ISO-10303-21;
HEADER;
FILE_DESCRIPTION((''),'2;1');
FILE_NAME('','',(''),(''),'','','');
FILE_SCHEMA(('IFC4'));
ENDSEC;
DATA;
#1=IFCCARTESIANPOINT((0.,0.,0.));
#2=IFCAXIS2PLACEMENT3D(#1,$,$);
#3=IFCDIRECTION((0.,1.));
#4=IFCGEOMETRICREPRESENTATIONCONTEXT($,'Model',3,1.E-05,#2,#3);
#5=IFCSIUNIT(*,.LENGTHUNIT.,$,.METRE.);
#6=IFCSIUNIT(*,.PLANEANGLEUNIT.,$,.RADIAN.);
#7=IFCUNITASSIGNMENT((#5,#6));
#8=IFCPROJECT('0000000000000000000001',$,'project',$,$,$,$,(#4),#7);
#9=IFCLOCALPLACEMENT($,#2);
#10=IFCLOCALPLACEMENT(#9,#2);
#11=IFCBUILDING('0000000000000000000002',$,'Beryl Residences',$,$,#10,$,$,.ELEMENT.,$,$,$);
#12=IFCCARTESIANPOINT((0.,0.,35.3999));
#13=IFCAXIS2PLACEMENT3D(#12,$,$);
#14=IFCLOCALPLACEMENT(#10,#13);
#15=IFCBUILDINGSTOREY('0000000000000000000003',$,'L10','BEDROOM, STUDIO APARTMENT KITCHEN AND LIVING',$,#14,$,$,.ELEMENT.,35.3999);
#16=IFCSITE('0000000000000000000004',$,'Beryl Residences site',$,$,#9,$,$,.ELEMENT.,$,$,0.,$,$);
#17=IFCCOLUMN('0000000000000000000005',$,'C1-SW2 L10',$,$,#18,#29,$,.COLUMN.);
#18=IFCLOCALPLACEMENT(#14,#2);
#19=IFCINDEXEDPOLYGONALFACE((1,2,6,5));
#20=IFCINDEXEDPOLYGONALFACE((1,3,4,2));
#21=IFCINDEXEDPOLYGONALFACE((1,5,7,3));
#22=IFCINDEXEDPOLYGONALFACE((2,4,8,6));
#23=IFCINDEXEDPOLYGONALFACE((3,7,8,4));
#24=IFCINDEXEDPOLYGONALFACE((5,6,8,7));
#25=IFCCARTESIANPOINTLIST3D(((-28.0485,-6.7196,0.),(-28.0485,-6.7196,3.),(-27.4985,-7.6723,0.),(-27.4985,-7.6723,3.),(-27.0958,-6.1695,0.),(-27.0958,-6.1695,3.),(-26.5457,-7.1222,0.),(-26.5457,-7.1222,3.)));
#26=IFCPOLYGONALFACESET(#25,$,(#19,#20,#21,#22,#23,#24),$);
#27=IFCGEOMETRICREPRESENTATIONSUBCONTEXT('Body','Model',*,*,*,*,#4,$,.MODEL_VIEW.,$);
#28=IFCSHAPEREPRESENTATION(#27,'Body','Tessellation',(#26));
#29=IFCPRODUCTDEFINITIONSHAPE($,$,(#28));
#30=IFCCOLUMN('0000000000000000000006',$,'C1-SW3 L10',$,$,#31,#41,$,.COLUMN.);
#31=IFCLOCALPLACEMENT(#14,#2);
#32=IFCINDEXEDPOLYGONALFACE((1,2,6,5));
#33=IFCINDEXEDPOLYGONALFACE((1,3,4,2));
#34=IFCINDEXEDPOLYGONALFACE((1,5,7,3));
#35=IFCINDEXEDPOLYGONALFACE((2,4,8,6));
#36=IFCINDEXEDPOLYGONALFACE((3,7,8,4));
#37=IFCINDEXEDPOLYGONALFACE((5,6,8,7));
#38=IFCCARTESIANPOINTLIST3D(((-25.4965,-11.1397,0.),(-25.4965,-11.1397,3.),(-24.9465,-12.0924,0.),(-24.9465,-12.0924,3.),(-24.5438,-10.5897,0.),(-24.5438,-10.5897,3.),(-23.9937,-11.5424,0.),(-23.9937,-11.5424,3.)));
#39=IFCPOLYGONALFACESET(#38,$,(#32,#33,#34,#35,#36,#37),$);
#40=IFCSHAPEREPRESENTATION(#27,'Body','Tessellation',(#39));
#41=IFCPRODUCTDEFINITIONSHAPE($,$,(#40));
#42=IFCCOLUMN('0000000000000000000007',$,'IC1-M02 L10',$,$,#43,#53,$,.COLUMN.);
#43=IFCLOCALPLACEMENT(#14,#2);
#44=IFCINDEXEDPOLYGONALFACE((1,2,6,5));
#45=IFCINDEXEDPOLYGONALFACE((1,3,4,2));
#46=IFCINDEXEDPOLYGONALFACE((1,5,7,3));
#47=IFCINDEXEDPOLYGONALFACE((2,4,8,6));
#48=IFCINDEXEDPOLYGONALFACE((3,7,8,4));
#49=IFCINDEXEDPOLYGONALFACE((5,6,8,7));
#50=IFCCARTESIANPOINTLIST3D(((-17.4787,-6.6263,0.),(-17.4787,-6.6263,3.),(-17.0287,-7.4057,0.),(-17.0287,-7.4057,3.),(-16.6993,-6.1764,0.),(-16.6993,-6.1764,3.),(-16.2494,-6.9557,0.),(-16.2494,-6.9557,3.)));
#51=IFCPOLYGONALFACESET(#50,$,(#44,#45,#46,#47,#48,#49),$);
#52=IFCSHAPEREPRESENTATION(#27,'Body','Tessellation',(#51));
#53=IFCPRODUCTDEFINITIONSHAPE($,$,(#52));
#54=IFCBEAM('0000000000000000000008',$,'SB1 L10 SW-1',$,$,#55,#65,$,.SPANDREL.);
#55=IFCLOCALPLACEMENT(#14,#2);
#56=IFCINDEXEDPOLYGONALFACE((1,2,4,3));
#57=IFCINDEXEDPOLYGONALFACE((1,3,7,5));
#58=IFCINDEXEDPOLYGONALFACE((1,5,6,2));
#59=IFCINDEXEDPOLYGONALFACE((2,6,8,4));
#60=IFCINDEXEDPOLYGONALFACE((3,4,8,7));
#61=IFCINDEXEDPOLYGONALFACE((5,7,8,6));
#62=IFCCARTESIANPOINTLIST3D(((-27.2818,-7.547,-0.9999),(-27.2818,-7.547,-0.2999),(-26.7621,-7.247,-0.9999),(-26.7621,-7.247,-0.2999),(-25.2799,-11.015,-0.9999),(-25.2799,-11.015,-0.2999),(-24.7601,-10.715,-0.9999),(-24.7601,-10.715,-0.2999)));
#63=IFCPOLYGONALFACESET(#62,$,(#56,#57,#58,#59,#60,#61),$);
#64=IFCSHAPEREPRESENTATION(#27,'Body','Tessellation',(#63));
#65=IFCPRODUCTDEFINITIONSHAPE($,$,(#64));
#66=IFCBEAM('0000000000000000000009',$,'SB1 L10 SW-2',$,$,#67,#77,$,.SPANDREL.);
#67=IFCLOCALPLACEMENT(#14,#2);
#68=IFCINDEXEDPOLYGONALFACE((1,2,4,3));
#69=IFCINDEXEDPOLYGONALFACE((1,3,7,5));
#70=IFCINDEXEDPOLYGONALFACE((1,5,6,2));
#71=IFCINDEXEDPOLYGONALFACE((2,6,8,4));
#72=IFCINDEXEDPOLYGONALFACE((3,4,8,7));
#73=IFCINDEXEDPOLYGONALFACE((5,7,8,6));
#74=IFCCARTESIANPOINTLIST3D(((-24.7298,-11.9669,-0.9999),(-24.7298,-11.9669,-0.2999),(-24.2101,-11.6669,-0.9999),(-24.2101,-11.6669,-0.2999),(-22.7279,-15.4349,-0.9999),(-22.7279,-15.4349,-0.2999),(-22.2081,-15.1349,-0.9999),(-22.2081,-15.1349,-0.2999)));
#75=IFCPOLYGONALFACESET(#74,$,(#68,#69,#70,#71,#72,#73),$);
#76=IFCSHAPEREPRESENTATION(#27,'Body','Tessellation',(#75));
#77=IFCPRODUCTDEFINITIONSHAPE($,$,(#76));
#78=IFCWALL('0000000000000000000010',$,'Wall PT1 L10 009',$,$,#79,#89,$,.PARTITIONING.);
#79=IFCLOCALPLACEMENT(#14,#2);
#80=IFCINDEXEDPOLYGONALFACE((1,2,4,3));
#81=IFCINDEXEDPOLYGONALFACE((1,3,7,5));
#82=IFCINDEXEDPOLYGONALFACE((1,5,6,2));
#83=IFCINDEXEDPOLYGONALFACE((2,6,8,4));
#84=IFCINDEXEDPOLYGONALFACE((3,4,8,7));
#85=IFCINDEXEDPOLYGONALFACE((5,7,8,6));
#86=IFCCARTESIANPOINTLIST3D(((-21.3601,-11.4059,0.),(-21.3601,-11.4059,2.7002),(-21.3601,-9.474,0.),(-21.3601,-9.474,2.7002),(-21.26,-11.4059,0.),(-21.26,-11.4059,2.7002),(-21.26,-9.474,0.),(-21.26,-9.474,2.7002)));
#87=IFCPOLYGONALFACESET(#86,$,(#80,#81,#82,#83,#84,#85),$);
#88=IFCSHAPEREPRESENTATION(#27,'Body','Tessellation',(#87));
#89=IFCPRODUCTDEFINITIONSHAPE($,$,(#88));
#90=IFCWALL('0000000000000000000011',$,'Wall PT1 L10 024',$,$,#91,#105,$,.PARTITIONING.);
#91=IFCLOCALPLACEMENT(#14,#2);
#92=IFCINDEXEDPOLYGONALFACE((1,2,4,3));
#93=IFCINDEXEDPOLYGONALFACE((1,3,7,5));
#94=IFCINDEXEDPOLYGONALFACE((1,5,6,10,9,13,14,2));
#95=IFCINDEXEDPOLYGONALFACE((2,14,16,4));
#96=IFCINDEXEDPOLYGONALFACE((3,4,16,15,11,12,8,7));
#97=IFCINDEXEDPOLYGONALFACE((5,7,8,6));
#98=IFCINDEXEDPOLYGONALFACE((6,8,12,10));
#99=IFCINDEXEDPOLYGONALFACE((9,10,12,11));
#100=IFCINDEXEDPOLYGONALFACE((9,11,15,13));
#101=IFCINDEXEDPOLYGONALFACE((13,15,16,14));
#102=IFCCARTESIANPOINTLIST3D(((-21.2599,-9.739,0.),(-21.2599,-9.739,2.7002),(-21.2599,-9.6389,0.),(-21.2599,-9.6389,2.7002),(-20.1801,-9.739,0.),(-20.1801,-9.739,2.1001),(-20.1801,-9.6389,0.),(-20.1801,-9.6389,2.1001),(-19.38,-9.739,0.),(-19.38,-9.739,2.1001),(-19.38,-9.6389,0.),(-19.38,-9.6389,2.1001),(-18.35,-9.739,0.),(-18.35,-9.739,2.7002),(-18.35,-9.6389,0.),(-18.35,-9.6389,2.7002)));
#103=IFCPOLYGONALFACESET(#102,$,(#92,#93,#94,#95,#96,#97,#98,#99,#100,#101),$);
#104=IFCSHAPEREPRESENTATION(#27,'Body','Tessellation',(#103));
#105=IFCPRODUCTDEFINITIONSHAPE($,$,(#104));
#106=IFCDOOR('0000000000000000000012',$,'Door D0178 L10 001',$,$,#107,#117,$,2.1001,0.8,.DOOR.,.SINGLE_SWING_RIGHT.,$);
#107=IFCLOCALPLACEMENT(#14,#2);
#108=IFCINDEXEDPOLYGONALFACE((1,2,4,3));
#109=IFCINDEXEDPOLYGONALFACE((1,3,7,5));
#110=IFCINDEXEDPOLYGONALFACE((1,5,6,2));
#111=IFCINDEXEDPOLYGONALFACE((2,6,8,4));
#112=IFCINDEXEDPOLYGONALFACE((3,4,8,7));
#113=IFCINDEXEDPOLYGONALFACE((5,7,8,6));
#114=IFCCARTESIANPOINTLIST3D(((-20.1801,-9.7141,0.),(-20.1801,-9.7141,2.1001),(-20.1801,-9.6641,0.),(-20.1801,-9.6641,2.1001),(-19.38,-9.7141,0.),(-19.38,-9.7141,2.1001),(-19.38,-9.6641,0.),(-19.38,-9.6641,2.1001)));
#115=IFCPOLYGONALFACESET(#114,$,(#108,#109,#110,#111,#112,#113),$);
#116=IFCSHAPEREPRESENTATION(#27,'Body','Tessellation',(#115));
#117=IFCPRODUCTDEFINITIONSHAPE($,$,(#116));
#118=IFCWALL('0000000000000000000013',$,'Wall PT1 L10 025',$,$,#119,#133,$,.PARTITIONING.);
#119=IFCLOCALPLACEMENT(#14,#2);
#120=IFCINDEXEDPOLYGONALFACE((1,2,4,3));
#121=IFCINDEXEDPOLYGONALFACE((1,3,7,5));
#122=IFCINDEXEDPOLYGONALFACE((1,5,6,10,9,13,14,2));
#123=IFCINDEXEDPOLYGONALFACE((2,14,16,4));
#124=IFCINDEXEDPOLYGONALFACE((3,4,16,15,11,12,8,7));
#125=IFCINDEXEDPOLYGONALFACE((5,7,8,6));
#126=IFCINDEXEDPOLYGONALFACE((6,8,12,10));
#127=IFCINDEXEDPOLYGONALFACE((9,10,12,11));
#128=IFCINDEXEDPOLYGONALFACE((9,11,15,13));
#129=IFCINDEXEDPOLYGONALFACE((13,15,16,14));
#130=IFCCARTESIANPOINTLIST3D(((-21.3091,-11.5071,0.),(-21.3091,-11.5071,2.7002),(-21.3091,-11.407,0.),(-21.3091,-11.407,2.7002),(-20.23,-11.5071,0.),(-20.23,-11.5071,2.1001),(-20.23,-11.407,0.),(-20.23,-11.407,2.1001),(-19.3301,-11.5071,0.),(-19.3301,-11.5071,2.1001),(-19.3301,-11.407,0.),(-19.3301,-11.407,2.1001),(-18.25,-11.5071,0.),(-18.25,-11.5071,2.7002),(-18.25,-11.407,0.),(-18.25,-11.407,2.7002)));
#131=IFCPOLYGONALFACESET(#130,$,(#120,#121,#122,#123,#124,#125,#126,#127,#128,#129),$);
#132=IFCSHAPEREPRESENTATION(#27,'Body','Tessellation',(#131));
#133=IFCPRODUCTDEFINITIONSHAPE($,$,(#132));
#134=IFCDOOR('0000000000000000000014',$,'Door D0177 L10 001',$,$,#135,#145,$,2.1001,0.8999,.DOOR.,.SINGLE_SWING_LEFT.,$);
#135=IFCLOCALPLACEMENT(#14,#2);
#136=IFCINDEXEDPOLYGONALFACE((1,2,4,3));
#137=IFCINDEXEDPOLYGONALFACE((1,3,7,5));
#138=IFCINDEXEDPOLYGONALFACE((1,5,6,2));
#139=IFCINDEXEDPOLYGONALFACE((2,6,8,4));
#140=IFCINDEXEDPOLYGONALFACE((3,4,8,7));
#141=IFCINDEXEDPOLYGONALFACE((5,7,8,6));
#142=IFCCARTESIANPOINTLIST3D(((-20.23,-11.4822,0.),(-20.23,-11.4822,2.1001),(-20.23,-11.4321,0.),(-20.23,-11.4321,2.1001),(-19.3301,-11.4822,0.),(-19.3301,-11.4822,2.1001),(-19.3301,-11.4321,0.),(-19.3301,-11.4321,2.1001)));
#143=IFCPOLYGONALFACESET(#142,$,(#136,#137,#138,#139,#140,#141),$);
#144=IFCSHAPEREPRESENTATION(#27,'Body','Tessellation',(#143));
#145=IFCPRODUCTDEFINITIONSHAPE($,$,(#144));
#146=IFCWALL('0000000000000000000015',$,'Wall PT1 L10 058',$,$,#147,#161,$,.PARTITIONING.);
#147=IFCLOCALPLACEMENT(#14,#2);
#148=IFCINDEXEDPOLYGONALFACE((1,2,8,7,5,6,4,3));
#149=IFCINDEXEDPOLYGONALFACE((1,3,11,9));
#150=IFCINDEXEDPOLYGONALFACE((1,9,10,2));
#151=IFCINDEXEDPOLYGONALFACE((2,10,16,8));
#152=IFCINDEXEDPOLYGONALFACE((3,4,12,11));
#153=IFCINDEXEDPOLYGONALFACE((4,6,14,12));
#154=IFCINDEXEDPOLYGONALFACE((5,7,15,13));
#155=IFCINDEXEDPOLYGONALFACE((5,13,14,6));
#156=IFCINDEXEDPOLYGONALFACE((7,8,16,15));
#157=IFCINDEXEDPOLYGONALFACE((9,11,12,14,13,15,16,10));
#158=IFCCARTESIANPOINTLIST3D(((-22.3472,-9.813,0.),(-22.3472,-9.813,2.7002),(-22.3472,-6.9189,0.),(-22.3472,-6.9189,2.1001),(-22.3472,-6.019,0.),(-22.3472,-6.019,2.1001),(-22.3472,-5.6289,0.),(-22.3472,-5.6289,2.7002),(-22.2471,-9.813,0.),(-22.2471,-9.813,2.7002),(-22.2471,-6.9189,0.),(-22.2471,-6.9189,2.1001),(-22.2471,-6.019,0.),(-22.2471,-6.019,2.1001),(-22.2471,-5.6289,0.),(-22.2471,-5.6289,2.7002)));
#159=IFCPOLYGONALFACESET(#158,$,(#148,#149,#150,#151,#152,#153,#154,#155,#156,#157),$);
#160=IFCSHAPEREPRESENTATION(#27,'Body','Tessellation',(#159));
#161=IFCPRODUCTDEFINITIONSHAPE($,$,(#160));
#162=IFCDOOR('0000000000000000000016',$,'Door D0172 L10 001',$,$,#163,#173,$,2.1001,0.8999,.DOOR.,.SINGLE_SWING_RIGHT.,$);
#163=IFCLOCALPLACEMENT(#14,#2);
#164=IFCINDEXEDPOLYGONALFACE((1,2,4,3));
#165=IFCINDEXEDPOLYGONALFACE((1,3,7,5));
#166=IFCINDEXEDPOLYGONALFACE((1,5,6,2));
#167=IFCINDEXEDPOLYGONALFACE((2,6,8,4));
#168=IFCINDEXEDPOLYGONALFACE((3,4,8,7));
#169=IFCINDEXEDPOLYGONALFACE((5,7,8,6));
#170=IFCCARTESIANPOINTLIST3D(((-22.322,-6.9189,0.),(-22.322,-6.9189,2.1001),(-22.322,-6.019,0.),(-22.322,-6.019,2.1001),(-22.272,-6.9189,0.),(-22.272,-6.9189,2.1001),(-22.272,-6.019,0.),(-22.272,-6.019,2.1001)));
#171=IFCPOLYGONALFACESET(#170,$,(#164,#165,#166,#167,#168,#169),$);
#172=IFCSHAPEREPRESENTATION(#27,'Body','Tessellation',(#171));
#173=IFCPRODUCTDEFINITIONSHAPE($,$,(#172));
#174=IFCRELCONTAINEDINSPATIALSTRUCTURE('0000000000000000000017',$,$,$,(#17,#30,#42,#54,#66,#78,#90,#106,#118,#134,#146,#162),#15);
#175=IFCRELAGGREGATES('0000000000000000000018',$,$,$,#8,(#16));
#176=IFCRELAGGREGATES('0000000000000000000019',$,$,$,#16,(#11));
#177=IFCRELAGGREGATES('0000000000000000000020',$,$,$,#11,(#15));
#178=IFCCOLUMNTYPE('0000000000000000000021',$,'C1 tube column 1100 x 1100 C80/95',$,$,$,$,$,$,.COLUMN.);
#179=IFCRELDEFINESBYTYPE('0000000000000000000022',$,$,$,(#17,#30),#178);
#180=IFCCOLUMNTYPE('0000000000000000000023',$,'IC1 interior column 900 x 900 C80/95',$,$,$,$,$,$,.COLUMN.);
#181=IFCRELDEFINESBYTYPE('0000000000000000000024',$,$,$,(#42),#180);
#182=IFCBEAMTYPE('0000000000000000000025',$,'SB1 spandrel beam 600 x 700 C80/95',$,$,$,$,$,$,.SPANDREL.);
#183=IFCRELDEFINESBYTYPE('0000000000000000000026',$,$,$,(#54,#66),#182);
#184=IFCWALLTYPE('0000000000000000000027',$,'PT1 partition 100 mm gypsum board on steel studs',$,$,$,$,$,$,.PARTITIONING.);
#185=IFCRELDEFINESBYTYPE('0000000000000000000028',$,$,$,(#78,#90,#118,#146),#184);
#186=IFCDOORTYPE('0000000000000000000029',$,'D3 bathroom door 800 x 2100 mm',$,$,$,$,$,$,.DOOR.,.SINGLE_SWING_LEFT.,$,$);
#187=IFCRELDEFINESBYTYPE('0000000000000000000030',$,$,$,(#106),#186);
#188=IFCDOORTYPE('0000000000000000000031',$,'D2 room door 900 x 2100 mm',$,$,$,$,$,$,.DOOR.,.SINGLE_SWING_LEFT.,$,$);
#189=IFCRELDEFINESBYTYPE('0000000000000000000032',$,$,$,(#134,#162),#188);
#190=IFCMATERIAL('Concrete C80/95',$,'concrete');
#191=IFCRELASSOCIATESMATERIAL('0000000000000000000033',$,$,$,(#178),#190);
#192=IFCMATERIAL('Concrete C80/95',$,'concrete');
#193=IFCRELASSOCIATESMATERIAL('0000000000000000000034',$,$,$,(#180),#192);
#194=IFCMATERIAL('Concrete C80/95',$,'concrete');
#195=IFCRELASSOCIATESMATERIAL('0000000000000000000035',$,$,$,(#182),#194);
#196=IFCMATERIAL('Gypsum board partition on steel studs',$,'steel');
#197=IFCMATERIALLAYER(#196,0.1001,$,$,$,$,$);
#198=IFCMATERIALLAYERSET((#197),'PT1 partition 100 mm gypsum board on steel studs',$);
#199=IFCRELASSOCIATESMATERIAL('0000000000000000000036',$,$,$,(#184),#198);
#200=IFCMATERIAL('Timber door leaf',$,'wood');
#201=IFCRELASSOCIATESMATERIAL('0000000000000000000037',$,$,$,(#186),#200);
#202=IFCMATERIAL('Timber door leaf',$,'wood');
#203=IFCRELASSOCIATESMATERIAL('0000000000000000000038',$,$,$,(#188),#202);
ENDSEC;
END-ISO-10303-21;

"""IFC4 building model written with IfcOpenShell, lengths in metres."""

from ifc_helpers import new_model, si_unit, direction, frame, frame_2d, origin, origin_2d, place, context, subcontext, project, spatial, rectangle, extrude, material, layer, layer_set, material_profile, profile_set, type_object, element, fill, save


model = new_model("IFC4")

# Units and contexts
model_context = context("Model", 3, precision=1e-05, world=origin(), true_north=direction((0.0, 1.0)))
body_context = subcontext(model_context, "Body", "Model", "MODEL_VIEW")
ifc_project = project(units=[si_unit("LENGTHUNIT", "METRE"), si_unit("PLANEANGLEUNIT", "RADIAN")], contexts=[model_context])

# Site, building, storey
site_placement = place(None, origin())
site = spatial("IfcSite", under=ifc_project, at=site_placement, Name="Beryl Residences site", CompositionType="ELEMENT", RefElevation=0.0)
building_placement = place(site_placement, origin())
building = spatial("IfcBuilding", under=site, at=building_placement, Name="Beryl Residences", CompositionType="ELEMENT")
storey_placement = place(building_placement, frame((0.0, 0.0, 35.3999)))
storey = spatial("IfcBuildingStorey", under=building, at=storey_placement, Name="L10", Description="BEDROOM, STUDIO APARTMENT KITCHEN AND LIVING", CompositionType="ELEMENT", Elevation=35.3999)

# Columns
ifc_material_1 = material(Name="Concrete C80/95", Category="concrete")
ifc_material_profile_1 = material_profile(ifc_material_1, rectangle(XDim=1.1001, YDim=1.1001, at=origin_2d()))
ifc_profile_set_1 = profile_set([ifc_material_profile_1], Name="Concrete C80/95")
column_type_1 = type_object("IfcColumnType", Name="C1 tube column 1100 x 1100 C80/95", PredefinedType="COLUMN", material=ifc_profile_set_1)
for number, where, z_axis, x_axis, name in (
    (1, (-27.2971, -6.9209, 0.0), (0.0, 0.0, 1.0), (0.499985, -0.866034, 0.0), "C1-SW2 L10"),
    (2, (-24.7451, -11.3411, 0.0), (0.0, 0.0, 1.0), (0.499985, -0.866034, 0.0), "C1-SW3 L10"),
):
    element("IfcColumn", number, at=place(storey_placement, frame(where, z_axis=z_axis, x_axis=x_axis)), inside=storey, type_object=column_type_1, Name=name, PredefinedType="COLUMN", context=body_context, shape_type="SweptSolid", body=[
        extrude(rectangle(XDim=1.1001, YDim=1.1001, at=origin_2d()), origin(), (0.0, 0.0, 1.0), 3.0),
    ])
ifc_material_2 = material(Name="Concrete C80/95", Category="concrete")
ifc_material_profile_2 = material_profile(ifc_material_2, rectangle(XDim=0.8999, YDim=0.8999, at=origin_2d()))
ifc_profile_set_2 = profile_set([ifc_material_profile_2], Name="Concrete C80/95")
column_type_2 = type_object("IfcColumnType", Name="IC1 interior column 900 x 900 C80/95", PredefinedType="COLUMN", material=ifc_profile_set_2)
column_placement = place(storey_placement, frame((-16.864, -6.791, 0.0), z_axis=(0.0, 0.0, 1.0), x_axis=(0.499985, -0.866034, 0.0)))
element("IfcColumn", 3, at=column_placement, inside=storey, type_object=column_type_2, Name="IC1-M02 L10", PredefinedType="COLUMN", context=body_context, shape_type="SweptSolid", body=[
    extrude(rectangle(XDim=0.8999, YDim=0.8999, at=origin_2d()), origin(), (0.0, 0.0, 1.0), 3.0),
])

# Beams
ifc_material_3 = material(Name="Concrete C80/95", Category="concrete")
ifc_material_profile_3 = material_profile(ifc_material_3, rectangle(XDim=0.6001, YDim=0.7, at=origin_2d()))
ifc_profile_set_3 = profile_set([ifc_material_profile_3], Name="Concrete C80/95")
beam_type = type_object("IfcBeamType", Name="SB1 spandrel beam 600 x 700 C80/95", PredefinedType="SPANDREL", material=ifc_profile_set_3)
for number, where, z_axis, x_axis, name in (
    (4, (-27.022, -7.397, -0.6499), (0.499942, -0.866059, 0.0), (0.866059, 0.499942, 0.0), "SB1 L10 SW-1"),
    (5, (-24.47, -11.8169, -0.6499), (0.499942, -0.866059, 0.0), (0.866059, 0.499942, 0.0), "SB1 L10 SW-2"),
):
    element("IfcBeam", number, at=place(storey_placement, frame(where, z_axis=z_axis, x_axis=x_axis)), inside=storey, type_object=beam_type, Name=name, PredefinedType="SPANDREL", context=body_context, shape_type="SweptSolid", body=[
        extrude(rectangle(XDim=0.6001, YDim=0.7, at=origin_2d()), origin(), (0.0, 0.0, 1.0), 4.0044),
    ])

# Wall
ifc_material_4 = material(Name="Gypsum board partition on steel studs", Category="steel")
ifc_layer_1 = layer(ifc_material_4, 0.1001)
ifc_layer_set_1 = layer_set([ifc_layer_1], Name="PT1 partition 100 mm gypsum board on steel studs")
wall_type_1 = type_object("IfcWallType", Name="PT1 partition 100 mm gypsum board on steel studs", PredefinedType="PARTITIONING", material=ifc_layer_set_1)
wall_1_placement = place(storey_placement, frame((-21.3101, -9.4741, 0.0), z_axis=(0.0, 0.0, 1.0), x_axis=(0.0, -1.0, 0.0)))
element("IfcWall", 6, at=wall_1_placement, inside=storey, type_object=wall_type_1, Name="Wall PT1 L10 009", PredefinedType="PARTITIONING", context=body_context, shape_type="SweptSolid", body=[
    extrude(rectangle(XDim=1.9319, YDim=0.1001, at=frame_2d((0.9658, 0.0))), origin(), (0.0, 0.0, 1.0), 2.7002),
])

# Walls, openings, doors
wall_2_placement = place(storey_placement, frame((-21.26, -9.689, 0.0), z_axis=(0.0, 0.0, 1.0), x_axis=(1.0, 0.0, 0.0)))
wall_2 = element("IfcWall", 7, at=wall_2_placement, inside=storey, type_object=wall_type_1, Name="Wall PT1 L10 024", PredefinedType="PARTITIONING", context=body_context, shape_type="SweptSolid", body=[
    extrude(rectangle(XDim=2.9099, YDim=0.1001, at=frame_2d((1.4551, 0.0))), origin(), (0.0, 0.0, 1.0), 2.7002),
])
opening_1_placement = place(wall_2_placement, frame((1.0801, 0.0, 0.0)))
opening_1 = element("IfcOpeningElement", 8, at=opening_1_placement, cuts=wall_2, PredefinedType="OPENING", context=body_context, shape_type="SweptSolid", body=[
    extrude(rectangle(XDim=0.8, YDim=2.1001, at=frame_2d((0.3999, 1.05))), frame((0.0, 0.0601, 0.0), z_axis=(0.0, -1.0, 0.0), x_axis=(1.0, 0.0, 0.0)), (0.0, 0.0, 1.0), 0.1201),
])
ifc_material_5 = material(Name="Timber door leaf", Category="wood")
door_type_1 = type_object("IfcDoorType", Name="D3 bathroom door 800 x 2100 mm", OperationType="SINGLE_SWING_LEFT", PredefinedType="DOOR", material=ifc_material_5)
door_1_placement = place(opening_1_placement, origin())
door_1 = element("IfcDoor", 9, at=door_1_placement, inside=storey, type_object=door_type_1, Name="Door D0178 L10 001", OperationType="SINGLE_SWING_RIGHT", OverallHeight=2.1001, OverallWidth=0.8, PredefinedType="DOOR", context=body_context, shape_type="SweptSolid", body=[
    extrude(rectangle(XDim=0.8, YDim=2.1001, at=frame_2d((0.3999, 1.05))), frame((0.0, 0.0249, 0.0), z_axis=(0.0, -1.0, 0.0), x_axis=(1.0, 0.0, 0.0)), (0.0, 0.0, 1.0), 0.05),
])
fill(opening_1, door_1)
wall_3_placement = place(storey_placement, frame((-21.3091, -11.457, 0.0), z_axis=(0.0, 0.0, 1.0), x_axis=(1.0, 0.0, 0.0)))
wall_3 = element("IfcWall", 10, at=wall_3_placement, inside=storey, type_object=wall_type_1, Name="Wall PT1 L10 025", PredefinedType="PARTITIONING", context=body_context, shape_type="SweptSolid", body=[
    extrude(rectangle(XDim=3.0591, YDim=0.1001, at=frame_2d((1.5295, 0.0))), origin(), (0.0, 0.0, 1.0), 2.7002),
])
opening_2_placement = place(wall_3_placement, frame((1.0791, 0.0, 0.0)))
opening_2 = element("IfcOpeningElement", 11, at=opening_2_placement, cuts=wall_3, PredefinedType="OPENING", context=body_context, shape_type="SweptSolid", body=[
    extrude(rectangle(XDim=0.8999, YDim=2.1001, at=frame_2d((0.45, 1.05))), frame((0.0, 0.0601, 0.0), z_axis=(0.0, -1.0, 0.0), x_axis=(1.0, 0.0, 0.0)), (0.0, 0.0, 1.0), 0.1201),
])
ifc_material_6 = material(Name="Timber door leaf", Category="wood")
door_type_2 = type_object("IfcDoorType", Name="D2 room door 900 x 2100 mm", OperationType="SINGLE_SWING_LEFT", PredefinedType="DOOR", material=ifc_material_6)
door_2_placement = place(opening_2_placement, origin())
door_2 = element("IfcDoor", 12, at=door_2_placement, inside=storey, type_object=door_type_2, Name="Door D0177 L10 001", OperationType="SINGLE_SWING_LEFT", OverallHeight=2.1001, OverallWidth=0.8999, PredefinedType="DOOR", context=body_context, shape_type="SweptSolid", body=[
    extrude(rectangle(XDim=0.8999, YDim=2.1001, at=frame_2d((0.45, 1.05))), frame((0.0, 0.0249, 0.0), z_axis=(0.0, -1.0, 0.0), x_axis=(1.0, 0.0, 0.0)), (0.0, 0.0, 1.0), 0.05),
])
fill(opening_2, door_2)
wall_4_placement = place(storey_placement, frame((-22.2971, -9.813, 0.0), z_axis=(0.0, 0.0, 1.0), x_axis=(0.0, 1.0, 0.0)))
wall_4 = element("IfcWall", 13, at=wall_4_placement, inside=storey, type_object=wall_type_1, Name="Wall PT1 L10 058", PredefinedType="PARTITIONING", context=body_context, shape_type="SweptSolid", body=[
    extrude(rectangle(XDim=4.1841, YDim=0.1001, at=frame_2d((2.092, 0.0))), origin(), (0.0, 0.0, 1.0), 2.7002),
])
opening_3_placement = place(wall_4_placement, frame((2.894, 0.0, 0.0)))
opening_3 = element("IfcOpeningElement", 14, at=opening_3_placement, cuts=wall_4, PredefinedType="OPENING", context=body_context, shape_type="SweptSolid", body=[
    extrude(rectangle(XDim=0.8999, YDim=2.1001, at=frame_2d((0.45, 1.05))), frame((0.0, 0.0601, 0.0), z_axis=(0.0, -1.0, 0.0), x_axis=(1.0, 0.0, 0.0)), (0.0, 0.0, 1.0), 0.1201),
])
door_3_placement = place(opening_3_placement, origin())
door_3 = element("IfcDoor", 15, at=door_3_placement, inside=storey, type_object=door_type_2, Name="Door D0172 L10 001", OperationType="SINGLE_SWING_RIGHT", OverallHeight=2.1001, OverallWidth=0.8999, PredefinedType="DOOR", context=body_context, shape_type="SweptSolid", body=[
    extrude(rectangle(XDim=0.8999, YDim=2.1001, at=frame_2d((0.45, 1.05))), frame((0.0, 0.0249, 0.0), z_axis=(0.0, -1.0, 0.0), x_axis=(1.0, 0.0, 0.0)), (0.0, 0.0, 1.0), 0.05),
])
fill(opening_3, door_3)

save(model, "model.ifc")
